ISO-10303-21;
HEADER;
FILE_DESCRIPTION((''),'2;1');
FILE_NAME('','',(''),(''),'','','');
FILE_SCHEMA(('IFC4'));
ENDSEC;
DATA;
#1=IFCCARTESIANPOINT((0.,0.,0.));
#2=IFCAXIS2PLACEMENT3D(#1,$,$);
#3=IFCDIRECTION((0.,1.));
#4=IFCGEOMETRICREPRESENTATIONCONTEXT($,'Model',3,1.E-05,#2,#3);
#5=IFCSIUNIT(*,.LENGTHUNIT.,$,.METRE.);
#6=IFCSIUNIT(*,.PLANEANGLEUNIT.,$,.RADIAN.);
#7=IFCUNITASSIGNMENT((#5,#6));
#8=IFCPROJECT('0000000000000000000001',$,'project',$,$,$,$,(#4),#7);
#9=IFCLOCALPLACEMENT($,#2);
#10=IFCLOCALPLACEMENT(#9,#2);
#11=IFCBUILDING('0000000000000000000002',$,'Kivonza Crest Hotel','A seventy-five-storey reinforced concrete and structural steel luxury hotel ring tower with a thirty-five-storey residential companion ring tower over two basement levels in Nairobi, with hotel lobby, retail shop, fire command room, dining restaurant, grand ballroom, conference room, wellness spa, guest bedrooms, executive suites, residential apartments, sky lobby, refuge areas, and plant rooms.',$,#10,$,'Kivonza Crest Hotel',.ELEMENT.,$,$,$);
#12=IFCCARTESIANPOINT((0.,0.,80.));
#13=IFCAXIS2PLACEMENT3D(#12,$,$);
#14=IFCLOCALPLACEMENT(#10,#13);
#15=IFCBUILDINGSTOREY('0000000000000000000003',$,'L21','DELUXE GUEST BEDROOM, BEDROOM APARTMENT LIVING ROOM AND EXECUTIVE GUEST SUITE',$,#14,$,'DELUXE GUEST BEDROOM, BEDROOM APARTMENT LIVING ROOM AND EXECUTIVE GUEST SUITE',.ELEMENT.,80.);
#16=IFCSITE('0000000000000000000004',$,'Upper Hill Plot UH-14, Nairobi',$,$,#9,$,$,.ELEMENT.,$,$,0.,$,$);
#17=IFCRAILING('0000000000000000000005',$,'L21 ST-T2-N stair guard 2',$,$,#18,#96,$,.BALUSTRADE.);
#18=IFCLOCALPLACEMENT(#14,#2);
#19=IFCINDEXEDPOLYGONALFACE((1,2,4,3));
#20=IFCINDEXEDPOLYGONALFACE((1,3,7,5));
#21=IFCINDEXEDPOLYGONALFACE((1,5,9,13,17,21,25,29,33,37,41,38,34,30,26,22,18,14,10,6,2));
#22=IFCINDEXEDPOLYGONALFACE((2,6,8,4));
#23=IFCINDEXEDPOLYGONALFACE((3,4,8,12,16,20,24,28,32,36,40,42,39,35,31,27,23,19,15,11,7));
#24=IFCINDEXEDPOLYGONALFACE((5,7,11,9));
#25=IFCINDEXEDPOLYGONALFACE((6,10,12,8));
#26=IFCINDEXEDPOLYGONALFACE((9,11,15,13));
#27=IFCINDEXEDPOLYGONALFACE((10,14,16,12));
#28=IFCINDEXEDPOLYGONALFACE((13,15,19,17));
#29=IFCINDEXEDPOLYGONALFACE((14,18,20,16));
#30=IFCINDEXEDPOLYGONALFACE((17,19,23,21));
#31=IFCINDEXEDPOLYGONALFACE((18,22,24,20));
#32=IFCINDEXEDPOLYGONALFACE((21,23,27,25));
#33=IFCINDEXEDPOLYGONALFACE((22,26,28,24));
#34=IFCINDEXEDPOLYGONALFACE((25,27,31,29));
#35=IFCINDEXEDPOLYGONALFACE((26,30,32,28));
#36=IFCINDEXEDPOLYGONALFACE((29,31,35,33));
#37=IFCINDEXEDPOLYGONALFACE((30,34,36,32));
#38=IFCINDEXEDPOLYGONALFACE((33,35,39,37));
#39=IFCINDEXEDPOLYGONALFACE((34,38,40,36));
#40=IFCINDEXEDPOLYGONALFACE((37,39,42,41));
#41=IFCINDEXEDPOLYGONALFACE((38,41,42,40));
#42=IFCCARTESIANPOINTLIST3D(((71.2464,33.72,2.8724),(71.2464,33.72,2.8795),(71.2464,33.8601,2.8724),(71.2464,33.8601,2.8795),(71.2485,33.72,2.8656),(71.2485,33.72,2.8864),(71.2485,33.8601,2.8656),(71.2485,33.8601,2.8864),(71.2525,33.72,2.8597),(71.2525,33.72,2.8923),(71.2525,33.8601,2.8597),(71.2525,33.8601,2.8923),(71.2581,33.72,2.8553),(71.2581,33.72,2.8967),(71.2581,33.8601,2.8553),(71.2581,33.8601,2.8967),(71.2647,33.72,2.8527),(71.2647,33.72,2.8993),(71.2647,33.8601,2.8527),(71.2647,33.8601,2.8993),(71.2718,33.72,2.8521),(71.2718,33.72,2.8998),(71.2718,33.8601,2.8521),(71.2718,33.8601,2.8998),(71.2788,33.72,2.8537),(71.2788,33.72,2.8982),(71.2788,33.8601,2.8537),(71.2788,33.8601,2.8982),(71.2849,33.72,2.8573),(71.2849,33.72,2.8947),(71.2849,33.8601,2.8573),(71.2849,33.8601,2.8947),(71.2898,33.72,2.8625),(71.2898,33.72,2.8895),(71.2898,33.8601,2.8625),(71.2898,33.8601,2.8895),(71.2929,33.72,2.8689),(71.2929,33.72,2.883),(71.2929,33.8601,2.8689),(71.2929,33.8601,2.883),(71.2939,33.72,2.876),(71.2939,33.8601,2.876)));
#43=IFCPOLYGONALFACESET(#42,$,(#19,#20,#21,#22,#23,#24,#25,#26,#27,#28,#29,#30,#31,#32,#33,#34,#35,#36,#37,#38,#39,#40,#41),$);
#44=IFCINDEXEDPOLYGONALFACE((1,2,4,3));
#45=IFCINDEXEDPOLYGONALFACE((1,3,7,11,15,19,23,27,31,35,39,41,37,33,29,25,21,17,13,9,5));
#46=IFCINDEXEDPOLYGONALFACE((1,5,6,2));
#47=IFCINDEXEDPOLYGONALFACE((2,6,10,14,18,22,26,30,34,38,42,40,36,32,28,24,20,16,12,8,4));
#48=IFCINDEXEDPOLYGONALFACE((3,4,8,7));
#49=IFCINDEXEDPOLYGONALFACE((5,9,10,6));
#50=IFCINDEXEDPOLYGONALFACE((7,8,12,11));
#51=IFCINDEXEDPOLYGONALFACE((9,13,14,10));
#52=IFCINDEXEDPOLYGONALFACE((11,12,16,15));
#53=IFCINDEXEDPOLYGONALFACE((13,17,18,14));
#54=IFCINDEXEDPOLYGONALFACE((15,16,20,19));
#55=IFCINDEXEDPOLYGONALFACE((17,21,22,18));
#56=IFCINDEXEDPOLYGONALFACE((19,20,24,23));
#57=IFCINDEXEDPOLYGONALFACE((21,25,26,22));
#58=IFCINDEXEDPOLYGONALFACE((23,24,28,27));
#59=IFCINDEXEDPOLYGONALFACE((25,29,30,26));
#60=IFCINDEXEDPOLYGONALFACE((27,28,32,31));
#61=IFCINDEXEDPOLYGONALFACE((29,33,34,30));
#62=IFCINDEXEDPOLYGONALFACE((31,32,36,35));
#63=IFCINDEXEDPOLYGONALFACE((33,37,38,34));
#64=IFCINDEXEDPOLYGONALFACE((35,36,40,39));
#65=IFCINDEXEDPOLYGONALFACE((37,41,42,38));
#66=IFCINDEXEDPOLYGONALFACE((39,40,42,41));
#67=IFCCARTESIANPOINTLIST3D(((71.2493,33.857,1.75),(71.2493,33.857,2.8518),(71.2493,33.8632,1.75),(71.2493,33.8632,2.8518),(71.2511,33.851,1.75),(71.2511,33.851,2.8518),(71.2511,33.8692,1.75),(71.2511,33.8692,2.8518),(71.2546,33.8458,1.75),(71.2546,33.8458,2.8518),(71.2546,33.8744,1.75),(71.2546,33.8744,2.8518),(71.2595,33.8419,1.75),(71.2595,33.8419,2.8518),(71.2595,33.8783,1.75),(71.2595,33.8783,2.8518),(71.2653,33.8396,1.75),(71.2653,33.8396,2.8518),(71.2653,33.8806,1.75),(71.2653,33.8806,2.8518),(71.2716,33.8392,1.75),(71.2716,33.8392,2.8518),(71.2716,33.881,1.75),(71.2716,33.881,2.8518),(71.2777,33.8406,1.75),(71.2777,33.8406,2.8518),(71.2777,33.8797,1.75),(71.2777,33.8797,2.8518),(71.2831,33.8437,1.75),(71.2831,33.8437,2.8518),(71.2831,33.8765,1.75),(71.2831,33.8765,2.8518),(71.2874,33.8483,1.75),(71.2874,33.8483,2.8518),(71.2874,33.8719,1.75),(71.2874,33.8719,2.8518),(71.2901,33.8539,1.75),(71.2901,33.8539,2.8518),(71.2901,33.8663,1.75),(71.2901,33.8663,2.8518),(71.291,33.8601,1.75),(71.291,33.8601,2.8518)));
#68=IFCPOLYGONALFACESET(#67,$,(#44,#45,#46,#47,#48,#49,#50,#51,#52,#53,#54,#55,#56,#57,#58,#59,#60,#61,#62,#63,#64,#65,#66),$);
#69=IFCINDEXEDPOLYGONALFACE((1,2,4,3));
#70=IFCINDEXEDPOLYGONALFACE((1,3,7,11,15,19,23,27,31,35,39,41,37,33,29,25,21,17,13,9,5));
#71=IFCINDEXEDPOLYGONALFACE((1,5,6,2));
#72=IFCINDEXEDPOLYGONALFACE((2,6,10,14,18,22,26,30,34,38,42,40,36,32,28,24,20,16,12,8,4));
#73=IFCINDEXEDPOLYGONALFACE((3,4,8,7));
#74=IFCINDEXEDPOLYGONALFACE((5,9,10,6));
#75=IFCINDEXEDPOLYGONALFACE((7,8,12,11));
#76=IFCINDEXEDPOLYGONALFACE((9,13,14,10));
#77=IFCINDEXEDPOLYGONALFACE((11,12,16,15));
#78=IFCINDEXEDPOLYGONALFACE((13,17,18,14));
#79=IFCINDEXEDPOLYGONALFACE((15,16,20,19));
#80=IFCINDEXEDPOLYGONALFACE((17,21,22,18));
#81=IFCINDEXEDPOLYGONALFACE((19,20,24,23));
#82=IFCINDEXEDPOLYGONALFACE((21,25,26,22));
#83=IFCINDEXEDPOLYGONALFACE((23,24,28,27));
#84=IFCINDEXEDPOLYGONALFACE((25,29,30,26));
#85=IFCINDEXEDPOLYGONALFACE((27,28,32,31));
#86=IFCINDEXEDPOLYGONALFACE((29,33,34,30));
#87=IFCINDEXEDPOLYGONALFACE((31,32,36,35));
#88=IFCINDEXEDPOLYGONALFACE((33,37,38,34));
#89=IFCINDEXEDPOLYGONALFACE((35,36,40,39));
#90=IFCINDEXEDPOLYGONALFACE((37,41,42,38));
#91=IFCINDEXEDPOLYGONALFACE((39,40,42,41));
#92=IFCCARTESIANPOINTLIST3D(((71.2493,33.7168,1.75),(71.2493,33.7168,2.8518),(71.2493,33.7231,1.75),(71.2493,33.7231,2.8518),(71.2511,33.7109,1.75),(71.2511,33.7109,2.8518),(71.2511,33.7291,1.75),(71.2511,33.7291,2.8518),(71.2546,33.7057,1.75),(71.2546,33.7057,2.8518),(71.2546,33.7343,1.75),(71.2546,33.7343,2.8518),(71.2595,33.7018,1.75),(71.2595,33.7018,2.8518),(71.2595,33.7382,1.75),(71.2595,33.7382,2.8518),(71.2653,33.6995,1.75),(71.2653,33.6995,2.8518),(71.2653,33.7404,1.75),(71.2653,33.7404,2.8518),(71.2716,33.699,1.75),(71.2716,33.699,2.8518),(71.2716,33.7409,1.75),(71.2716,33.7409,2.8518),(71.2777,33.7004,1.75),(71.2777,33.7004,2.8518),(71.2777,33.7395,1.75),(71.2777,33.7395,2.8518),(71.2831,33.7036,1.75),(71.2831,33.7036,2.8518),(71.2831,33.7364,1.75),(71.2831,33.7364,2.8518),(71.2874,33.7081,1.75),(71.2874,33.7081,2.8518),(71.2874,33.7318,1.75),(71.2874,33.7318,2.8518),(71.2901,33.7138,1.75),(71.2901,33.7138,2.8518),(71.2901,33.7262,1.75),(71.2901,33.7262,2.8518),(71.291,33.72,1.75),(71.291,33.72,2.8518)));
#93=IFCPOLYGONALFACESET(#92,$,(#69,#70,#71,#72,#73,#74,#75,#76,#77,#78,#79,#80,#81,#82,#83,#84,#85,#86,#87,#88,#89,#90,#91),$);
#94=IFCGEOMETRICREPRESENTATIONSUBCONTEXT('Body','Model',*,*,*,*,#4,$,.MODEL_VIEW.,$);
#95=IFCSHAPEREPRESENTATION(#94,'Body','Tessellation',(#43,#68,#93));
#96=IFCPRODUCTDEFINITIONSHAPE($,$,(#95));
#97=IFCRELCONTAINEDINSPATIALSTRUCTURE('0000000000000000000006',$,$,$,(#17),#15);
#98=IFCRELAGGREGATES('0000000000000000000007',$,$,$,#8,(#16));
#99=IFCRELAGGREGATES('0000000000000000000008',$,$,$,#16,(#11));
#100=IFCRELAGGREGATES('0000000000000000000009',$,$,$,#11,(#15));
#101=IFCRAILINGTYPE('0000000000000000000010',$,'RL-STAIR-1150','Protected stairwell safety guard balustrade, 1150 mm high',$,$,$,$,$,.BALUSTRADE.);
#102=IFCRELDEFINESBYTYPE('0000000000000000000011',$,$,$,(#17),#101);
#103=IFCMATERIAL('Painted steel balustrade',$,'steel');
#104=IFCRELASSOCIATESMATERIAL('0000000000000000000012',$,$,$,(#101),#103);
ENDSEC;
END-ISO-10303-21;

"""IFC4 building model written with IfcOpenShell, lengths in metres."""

from ifc_helpers import new_model, si_unit, direction, frame, origin, origin_2d, place, context, subcontext, project, spatial, circle, extrude, material, type_object, element, save


model = new_model("IFC4")

# Units and contexts
model_context = context("Model", 3, precision=1e-05, world=origin(), true_north=direction((0.0, 1.0)))
body_context = subcontext(model_context, "Body", "Model", "MODEL_VIEW")
ifc_project = project(units=[si_unit("LENGTHUNIT", "METRE"), si_unit("PLANEANGLEUNIT", "RADIAN")], contexts=[model_context])

# Site, building, storey
site_placement = place(None, origin())
site = spatial("IfcSite", under=ifc_project, at=site_placement, Name="Upper Hill Plot UH-14, Nairobi", CompositionType="ELEMENT", RefElevation=0.0)
building_placement = place(site_placement, origin())
building = spatial("IfcBuilding", under=site, at=building_placement, Name="Kivonza Crest Hotel", Description="A seventy-five-storey reinforced concrete and structural steel luxury hotel ring tower with a thirty-five-storey residential companion ring tower over two basement levels in Nairobi, with hotel lobby, retail shop, fire command room, dining restaurant, grand ballroom, conference room, wellness spa, guest bedrooms, executive suites, residential apartments, sky lobby, refuge areas, and plant rooms.", LongName="Kivonza Crest Hotel", CompositionType="ELEMENT")
storey_placement = place(building_placement, frame((0.0, 0.0, 80.0)))
storey = spatial("IfcBuildingStorey", under=building, at=storey_placement, Name="L21", Description="DELUXE GUEST BEDROOM, BEDROOM APARTMENT LIVING ROOM AND EXECUTIVE GUEST SUITE", LongName="DELUXE GUEST BEDROOM, BEDROOM APARTMENT LIVING ROOM AND EXECUTIVE GUEST SUITE", CompositionType="ELEMENT", Elevation=80.0)

# Railing
ifc_material_1 = material(Name="Painted steel balustrade", Category="steel")
railing_type_1 = type_object("IfcRailingType", Name="RL-STAIR-1150", Description="Protected stairwell safety guard balustrade, 1150 mm high", PredefinedType="BALUSTRADE", material=ifc_material_1)
railing_1_placement = place(storey_placement, frame((71.27, 33.8601, 1.75)))
element("IfcRailing", 1, at=railing_1_placement, inside=storey, type_object=railing_type_1, Name="L21 ST-T2-N stair guard 2", PredefinedType="BALUSTRADE", context=body_context, shape_type="SweptSolid", body=[
    extrude(circle(Radius=0.0239, at=origin_2d()), frame((0.0, 0.0, 1.126), z_axis=(0.0, -1.0, 0.0), x_axis=(1.0, 0.0, 0.0)), (0.0, 0.0, 1.0), 0.1401),
    extrude(circle(Radius=0.021, at=origin_2d()), origin(), (0.0, 0.0, 1.0), 1.1018),
    extrude(circle(Radius=0.021, at=origin_2d()), frame((0.0, -0.1401, 0.0)), (0.0, 0.0, 1.0), 1.1018),
])

save(model, "model.ifc")
